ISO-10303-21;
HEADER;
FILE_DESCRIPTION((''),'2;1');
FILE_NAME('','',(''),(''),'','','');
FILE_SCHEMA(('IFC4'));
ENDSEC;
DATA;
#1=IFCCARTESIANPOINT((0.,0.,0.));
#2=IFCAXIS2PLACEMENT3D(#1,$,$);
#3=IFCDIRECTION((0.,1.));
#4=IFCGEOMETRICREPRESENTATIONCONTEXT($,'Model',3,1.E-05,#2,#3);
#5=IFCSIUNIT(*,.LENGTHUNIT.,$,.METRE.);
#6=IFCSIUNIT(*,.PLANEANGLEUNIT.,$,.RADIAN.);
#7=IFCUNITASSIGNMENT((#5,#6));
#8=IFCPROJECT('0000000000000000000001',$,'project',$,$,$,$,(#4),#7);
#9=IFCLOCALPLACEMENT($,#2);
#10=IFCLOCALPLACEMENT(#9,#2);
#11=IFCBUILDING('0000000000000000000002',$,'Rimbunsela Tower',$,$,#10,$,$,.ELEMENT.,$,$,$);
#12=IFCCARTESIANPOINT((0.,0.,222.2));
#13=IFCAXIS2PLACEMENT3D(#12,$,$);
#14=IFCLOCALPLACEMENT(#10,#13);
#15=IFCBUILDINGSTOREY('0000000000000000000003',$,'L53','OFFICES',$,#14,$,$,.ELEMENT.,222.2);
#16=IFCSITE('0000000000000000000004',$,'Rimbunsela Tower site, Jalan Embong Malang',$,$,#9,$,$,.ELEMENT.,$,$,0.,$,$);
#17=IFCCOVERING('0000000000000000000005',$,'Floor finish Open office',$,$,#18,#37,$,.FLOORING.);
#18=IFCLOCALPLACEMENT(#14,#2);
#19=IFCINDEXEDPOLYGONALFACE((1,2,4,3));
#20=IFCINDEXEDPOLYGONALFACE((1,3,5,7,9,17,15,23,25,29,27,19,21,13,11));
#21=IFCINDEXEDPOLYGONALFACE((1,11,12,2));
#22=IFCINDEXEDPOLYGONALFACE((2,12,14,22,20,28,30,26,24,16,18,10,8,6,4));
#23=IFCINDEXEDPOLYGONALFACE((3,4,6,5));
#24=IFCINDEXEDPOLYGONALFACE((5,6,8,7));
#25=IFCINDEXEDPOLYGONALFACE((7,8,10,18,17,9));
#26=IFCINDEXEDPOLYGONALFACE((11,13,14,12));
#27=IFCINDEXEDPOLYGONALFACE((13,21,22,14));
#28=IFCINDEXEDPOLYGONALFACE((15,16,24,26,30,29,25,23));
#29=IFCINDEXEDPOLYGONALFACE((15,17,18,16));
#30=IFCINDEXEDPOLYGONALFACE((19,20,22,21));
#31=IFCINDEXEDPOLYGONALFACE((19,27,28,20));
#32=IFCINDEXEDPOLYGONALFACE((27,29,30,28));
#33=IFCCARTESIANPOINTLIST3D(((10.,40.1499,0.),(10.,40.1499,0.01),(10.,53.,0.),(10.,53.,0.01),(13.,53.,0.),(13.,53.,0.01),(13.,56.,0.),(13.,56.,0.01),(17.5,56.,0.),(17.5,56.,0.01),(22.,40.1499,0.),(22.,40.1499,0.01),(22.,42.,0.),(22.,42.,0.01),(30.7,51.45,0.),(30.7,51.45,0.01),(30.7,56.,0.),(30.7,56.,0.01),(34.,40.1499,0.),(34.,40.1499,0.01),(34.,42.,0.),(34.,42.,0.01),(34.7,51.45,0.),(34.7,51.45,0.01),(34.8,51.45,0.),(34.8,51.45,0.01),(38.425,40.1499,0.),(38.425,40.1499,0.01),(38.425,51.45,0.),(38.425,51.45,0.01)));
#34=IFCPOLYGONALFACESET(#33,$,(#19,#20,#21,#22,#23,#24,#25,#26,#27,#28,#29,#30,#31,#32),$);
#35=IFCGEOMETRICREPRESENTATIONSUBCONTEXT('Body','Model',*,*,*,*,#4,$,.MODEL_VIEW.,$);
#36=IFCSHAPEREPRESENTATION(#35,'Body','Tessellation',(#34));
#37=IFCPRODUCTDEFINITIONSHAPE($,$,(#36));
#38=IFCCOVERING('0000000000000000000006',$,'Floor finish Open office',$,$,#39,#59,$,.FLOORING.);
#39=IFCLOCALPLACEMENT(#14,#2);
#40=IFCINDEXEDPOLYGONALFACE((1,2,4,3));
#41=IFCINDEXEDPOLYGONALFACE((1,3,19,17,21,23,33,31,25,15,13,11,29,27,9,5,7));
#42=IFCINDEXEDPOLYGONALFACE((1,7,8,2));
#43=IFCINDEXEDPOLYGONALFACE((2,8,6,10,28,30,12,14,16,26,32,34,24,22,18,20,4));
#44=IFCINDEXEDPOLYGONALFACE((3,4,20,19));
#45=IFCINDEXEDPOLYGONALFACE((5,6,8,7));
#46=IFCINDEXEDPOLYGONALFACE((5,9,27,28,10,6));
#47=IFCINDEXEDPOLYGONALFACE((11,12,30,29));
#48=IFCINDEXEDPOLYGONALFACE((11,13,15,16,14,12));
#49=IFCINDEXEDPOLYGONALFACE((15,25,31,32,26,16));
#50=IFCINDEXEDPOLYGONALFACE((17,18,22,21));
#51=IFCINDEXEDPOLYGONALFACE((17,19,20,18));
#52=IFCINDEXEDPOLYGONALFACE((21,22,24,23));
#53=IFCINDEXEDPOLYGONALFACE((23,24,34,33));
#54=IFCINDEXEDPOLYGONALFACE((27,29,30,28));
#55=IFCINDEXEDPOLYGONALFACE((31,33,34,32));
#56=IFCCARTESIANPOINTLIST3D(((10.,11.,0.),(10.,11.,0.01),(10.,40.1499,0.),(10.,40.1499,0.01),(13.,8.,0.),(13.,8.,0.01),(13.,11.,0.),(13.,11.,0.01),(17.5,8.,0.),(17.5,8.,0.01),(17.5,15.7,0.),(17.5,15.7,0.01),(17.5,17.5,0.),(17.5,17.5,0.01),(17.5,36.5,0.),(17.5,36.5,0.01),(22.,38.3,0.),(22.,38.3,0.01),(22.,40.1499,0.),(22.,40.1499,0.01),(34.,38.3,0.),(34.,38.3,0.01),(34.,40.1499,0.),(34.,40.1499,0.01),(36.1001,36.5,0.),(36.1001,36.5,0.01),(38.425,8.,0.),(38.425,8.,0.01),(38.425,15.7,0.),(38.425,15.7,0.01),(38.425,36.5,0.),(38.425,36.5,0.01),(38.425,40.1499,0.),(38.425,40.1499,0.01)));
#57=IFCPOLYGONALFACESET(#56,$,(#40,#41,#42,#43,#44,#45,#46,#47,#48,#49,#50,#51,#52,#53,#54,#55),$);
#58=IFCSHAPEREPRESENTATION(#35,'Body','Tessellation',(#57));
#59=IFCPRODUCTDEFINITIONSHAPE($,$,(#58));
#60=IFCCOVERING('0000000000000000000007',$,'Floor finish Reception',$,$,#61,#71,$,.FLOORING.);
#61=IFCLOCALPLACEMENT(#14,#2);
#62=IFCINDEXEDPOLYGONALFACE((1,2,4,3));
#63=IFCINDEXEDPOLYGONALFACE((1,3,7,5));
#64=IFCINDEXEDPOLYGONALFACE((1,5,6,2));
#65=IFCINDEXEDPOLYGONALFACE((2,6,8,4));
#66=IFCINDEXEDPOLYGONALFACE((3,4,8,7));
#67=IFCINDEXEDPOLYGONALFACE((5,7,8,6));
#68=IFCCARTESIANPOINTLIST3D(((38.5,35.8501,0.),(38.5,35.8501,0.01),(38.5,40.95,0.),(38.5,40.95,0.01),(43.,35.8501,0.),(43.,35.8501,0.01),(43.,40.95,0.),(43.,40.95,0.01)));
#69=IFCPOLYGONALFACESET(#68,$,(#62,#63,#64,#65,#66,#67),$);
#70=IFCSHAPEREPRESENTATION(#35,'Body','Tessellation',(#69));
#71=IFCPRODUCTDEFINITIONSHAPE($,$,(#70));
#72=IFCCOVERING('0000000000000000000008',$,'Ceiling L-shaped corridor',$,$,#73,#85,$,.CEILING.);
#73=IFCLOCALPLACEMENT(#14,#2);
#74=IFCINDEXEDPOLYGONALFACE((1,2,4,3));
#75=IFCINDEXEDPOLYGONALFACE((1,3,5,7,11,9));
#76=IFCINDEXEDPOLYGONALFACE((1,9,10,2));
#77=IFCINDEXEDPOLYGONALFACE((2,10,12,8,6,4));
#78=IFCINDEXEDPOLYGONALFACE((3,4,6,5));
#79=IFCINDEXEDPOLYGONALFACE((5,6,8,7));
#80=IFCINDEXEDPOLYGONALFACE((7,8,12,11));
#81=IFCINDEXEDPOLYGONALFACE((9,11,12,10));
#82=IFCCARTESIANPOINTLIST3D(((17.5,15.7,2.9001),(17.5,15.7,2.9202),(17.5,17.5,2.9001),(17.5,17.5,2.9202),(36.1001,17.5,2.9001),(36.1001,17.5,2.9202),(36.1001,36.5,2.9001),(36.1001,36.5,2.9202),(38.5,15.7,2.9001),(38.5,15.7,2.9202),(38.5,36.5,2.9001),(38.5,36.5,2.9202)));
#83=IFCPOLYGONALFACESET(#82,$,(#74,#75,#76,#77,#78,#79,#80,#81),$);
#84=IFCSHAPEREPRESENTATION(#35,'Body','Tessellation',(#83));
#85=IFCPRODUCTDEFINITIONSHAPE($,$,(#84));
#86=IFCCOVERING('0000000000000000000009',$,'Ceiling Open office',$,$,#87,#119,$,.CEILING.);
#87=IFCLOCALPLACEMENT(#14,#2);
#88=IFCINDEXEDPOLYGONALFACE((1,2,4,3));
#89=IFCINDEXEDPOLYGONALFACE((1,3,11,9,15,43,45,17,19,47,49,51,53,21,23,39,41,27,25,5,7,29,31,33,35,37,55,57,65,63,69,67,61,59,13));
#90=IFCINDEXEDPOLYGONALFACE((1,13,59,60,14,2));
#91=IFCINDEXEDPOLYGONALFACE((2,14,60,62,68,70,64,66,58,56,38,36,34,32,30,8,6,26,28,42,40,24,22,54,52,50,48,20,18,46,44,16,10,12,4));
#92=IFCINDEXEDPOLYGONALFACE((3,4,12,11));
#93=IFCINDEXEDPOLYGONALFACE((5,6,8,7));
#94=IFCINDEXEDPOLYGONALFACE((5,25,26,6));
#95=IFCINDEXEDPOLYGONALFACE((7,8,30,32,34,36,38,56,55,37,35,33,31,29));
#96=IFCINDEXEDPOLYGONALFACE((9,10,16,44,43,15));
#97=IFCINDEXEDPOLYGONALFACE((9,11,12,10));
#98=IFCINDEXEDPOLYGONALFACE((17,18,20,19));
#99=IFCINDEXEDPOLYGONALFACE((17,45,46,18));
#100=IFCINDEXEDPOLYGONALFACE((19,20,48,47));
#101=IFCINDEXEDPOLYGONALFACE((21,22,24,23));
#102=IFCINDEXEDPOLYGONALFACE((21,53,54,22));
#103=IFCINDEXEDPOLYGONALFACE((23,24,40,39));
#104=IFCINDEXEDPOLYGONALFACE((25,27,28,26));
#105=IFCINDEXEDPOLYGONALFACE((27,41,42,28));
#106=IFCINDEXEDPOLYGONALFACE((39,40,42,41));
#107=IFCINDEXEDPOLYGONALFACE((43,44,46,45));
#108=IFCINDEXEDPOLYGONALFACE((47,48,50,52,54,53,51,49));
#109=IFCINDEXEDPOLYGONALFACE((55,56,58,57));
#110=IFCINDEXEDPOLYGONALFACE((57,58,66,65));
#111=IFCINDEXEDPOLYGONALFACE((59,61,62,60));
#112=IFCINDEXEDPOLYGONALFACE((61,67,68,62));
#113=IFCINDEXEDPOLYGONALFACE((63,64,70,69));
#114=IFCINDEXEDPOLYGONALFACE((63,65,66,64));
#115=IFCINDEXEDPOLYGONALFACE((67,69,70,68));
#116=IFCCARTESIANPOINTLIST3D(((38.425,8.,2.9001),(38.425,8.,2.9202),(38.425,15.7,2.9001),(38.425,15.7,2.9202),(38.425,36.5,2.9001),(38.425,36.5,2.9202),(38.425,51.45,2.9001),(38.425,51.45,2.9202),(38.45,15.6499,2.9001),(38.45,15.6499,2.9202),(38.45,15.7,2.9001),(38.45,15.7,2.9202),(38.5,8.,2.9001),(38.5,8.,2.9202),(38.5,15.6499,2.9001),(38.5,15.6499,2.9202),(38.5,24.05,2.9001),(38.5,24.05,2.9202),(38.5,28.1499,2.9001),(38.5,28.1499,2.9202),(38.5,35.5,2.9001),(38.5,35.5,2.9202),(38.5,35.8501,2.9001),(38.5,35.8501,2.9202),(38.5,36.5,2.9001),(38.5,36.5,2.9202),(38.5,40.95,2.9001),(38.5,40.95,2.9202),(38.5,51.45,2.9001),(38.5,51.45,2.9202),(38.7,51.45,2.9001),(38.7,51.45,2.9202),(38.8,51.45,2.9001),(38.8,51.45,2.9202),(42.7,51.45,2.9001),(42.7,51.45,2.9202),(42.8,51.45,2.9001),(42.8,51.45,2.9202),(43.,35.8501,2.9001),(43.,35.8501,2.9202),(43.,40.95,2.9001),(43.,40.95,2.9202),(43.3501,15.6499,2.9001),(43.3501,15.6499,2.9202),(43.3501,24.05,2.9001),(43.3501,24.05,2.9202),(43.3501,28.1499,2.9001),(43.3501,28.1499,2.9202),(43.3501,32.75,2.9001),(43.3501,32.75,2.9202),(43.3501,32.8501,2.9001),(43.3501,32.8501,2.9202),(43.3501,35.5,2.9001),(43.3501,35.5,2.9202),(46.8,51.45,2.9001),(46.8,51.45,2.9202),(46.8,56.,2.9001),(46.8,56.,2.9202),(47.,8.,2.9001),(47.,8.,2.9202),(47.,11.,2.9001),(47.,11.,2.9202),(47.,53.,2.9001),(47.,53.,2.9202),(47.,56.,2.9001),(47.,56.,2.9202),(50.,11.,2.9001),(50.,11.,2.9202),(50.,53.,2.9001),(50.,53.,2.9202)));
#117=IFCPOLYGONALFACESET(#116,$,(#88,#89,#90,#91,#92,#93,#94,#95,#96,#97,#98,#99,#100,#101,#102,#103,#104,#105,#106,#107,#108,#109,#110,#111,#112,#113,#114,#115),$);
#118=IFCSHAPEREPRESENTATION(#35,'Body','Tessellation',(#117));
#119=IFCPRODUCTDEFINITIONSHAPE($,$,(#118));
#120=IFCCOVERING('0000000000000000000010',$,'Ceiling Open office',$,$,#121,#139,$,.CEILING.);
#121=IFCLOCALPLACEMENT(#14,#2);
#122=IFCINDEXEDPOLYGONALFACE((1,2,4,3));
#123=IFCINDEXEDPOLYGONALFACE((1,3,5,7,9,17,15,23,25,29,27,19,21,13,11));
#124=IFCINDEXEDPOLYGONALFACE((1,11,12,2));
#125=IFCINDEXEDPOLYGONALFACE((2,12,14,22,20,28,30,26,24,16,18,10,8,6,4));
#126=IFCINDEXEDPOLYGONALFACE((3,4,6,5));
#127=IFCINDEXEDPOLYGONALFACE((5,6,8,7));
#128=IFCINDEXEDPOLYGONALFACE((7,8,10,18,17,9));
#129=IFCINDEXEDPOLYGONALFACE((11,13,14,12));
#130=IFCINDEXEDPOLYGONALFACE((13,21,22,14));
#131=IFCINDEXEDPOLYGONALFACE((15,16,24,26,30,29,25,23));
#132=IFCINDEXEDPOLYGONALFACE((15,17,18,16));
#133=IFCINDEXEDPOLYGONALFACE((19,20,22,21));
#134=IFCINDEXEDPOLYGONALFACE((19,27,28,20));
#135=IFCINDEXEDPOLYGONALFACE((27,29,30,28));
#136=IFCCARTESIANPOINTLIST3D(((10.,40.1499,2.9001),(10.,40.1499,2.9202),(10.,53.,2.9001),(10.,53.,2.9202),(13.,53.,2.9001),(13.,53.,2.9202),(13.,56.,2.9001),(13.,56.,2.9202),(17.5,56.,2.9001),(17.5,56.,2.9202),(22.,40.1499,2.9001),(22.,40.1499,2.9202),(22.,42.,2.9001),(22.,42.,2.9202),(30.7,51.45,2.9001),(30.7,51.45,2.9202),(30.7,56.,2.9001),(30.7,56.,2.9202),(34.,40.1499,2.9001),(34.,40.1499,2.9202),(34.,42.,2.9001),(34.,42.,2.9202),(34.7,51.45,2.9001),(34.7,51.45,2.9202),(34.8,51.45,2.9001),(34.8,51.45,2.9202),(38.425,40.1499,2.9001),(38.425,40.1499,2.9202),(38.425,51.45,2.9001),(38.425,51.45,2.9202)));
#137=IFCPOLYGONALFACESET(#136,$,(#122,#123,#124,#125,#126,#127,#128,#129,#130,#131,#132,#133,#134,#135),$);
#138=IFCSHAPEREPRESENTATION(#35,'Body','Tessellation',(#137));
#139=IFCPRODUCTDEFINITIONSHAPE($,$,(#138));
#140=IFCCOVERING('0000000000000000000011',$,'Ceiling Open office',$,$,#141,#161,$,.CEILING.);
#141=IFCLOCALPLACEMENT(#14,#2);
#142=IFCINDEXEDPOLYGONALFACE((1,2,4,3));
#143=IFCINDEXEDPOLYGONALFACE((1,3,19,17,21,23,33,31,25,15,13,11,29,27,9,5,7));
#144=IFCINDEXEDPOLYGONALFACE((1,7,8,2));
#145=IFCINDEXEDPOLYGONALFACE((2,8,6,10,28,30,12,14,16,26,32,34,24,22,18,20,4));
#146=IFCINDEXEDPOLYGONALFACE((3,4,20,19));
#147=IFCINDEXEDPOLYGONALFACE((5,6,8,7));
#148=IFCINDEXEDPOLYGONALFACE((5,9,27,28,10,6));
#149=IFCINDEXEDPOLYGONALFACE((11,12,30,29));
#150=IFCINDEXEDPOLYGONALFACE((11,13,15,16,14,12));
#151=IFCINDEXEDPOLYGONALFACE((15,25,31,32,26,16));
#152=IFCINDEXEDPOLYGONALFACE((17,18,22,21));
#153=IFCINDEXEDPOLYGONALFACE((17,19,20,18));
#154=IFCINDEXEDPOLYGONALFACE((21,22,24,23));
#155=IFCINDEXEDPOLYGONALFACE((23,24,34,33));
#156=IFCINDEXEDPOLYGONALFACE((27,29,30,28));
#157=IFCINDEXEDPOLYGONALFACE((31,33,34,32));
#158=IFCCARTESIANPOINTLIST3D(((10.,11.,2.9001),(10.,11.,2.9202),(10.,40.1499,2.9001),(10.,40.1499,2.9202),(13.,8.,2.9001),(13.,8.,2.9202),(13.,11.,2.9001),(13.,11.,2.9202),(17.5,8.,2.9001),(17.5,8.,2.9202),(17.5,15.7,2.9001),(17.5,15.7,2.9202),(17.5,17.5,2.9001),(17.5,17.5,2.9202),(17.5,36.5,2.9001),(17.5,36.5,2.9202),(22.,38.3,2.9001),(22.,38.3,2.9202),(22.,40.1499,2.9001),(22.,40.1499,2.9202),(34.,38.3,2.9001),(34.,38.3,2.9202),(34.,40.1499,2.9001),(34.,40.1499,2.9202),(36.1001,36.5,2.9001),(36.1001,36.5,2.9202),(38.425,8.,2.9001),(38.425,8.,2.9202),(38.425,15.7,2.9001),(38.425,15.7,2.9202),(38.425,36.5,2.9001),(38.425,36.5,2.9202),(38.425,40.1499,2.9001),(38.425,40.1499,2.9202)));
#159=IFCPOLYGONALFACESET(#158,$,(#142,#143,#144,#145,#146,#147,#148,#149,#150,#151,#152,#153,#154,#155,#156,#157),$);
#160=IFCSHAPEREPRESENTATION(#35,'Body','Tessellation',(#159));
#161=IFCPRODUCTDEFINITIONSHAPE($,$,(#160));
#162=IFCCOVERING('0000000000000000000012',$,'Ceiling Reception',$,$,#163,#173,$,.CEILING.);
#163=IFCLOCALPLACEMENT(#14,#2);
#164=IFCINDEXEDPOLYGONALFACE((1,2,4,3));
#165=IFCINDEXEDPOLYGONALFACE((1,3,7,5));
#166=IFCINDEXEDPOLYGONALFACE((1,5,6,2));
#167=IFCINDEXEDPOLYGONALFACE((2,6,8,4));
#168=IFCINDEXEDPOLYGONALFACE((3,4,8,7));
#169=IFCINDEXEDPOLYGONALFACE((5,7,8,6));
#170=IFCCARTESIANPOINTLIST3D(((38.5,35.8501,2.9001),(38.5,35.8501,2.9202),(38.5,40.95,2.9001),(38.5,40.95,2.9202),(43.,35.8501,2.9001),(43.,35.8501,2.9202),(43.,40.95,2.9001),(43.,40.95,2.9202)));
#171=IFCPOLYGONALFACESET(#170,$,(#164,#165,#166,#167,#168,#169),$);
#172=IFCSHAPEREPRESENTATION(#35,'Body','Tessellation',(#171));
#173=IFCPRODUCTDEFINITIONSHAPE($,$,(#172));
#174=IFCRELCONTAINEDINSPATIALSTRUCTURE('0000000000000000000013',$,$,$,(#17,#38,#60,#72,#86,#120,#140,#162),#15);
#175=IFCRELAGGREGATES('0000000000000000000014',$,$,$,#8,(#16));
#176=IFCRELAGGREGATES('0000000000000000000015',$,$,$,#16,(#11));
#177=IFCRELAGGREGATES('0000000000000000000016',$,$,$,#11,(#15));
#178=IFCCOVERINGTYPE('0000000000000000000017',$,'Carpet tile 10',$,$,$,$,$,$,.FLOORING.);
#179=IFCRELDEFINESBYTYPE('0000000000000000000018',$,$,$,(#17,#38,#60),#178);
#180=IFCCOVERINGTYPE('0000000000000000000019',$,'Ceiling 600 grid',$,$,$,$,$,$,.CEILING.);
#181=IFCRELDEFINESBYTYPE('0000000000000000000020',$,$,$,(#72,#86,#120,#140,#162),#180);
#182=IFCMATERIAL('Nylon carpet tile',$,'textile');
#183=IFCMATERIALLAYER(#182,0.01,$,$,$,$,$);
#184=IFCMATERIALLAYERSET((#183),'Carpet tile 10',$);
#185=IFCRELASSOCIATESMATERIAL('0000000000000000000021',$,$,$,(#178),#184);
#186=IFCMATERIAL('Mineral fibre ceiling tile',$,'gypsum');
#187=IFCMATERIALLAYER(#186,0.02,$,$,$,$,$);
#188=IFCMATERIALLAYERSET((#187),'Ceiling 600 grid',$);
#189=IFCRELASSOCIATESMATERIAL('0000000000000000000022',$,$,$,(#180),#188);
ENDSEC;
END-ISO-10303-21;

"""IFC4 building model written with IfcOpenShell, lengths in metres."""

from ifc_helpers import new_model, si_unit, direction, frame, origin, place, context, subcontext, project, spatial, polyline, outline, extrude, material, layer, layer_set, type_object, element, save


model = new_model("IFC4")

# Units and contexts
model_context = context("Model", 3, precision=1e-05, world=origin(), true_north=direction((0.0, 1.0)))
body_context = subcontext(model_context, "Body", "Model", "MODEL_VIEW")
ifc_project = project(units=[si_unit("LENGTHUNIT", "METRE"), si_unit("PLANEANGLEUNIT", "RADIAN")], contexts=[model_context])

# Site, building, storey
site_placement = place(None, origin())
site = spatial("IfcSite", under=ifc_project, at=site_placement, Name="Rimbunsela Tower site, Jalan Embong Malang", CompositionType="ELEMENT", RefElevation=0.0)
building_placement = place(site_placement, origin())
building = spatial("IfcBuilding", under=site, at=building_placement, Name="Rimbunsela Tower", CompositionType="ELEMENT")
storey_placement = place(building_placement, frame((0.0, 0.0, 222.2)))
storey = spatial("IfcBuildingStorey", under=building, at=storey_placement, Name="L53", Description="OFFICES", CompositionType="ELEMENT", Elevation=222.2)

# Coverings
ifc_material_1 = material(Name="Nylon carpet tile", Category="textile")
ifc_layer_1 = layer(ifc_material_1, 0.01)
ifc_layer_set_1 = layer_set([ifc_layer_1], Name="Carpet tile 10")
covering_type_1 = type_object("IfcCoveringType", Name="Carpet tile 10", PredefinedType="FLOORING", material=ifc_layer_set_1)
covering_1_placement = place(storey_placement, origin())
element("IfcCovering", 1, at=covering_1_placement, inside=storey, type_object=covering_type_1, Name="Floor finish Open office", PredefinedType="FLOORING", context=body_context, shape_type="SweptSolid", body=[
    extrude(outline(polyline([(10.0, 40.1499), (10.0, 53.0), (13.0, 53.0), (13.0, 56.0), (17.5, 56.0), (30.7, 56.0), (30.7, 51.45), (34.7, 51.45), (34.8, 51.45), (38.425, 51.45), (38.425, 40.1499), (34.0, 40.1499), (34.0, 42.0), (22.0, 42.0), (22.0, 40.1499), (10.0, 40.1499)])), origin(), (0.0, 0.0, 1.0), 0.01),
])
covering_2_placement = place(storey_placement, origin())
element("IfcCovering", 2, at=covering_2_placement, inside=storey, type_object=covering_type_1, Name="Floor finish Open office", PredefinedType="FLOORING", context=body_context, shape_type="SweptSolid", body=[
    extrude(outline(polyline([(13.0, 8.0), (13.0, 11.0), (10.0, 11.0), (10.0, 40.1499), (22.0, 40.1499), (22.0, 38.3), (34.0, 38.3), (34.0, 40.1499), (38.425, 40.1499), (38.425, 36.5), (36.1001, 36.5), (17.5, 36.5), (17.5, 17.5), (17.5, 15.7), (38.425, 15.7), (38.425, 8.0), (17.5, 8.0), (13.0, 8.0)])), origin(), (0.0, 0.0, 1.0), 0.01),
])
covering_3_placement = place(storey_placement, origin())
element("IfcCovering", 3, at=covering_3_placement, inside=storey, type_object=covering_type_1, Name="Floor finish Reception", PredefinedType="FLOORING", context=body_context, shape_type="SweptSolid", body=[
    extrude(outline(polyline([(43.0, 35.8501), (43.0, 40.95), (38.5, 40.95), (38.5, 35.8501), (43.0, 35.8501)])), origin(), (0.0, 0.0, 1.0), 0.01),
])
ifc_material_2 = material(Name="Mineral fibre ceiling tile", Category="gypsum")
ifc_layer_2 = layer(ifc_material_2, 0.02)
ifc_layer_set_2 = layer_set([ifc_layer_2], Name="Ceiling 600 grid")
covering_type_2 = type_object("IfcCoveringType", Name="Ceiling 600 grid", PredefinedType="CEILING", material=ifc_layer_set_2)
covering_4_placement = place(storey_placement, frame((0.0, 0.0, 2.9001)))
element("IfcCovering", 4, at=covering_4_placement, inside=storey, type_object=covering_type_2, Name="Ceiling L-shaped corridor", PredefinedType="CEILING", context=body_context, shape_type="SweptSolid", body=[
    extrude(outline(polyline([(38.5, 15.7), (17.5, 15.7), (17.5, 17.5), (36.1001, 17.5), (36.1001, 36.5), (38.5, 36.5), (38.5, 15.7)])), origin(), (0.0, 0.0, 1.0), 0.02),
])
covering_5_placement = place(storey_placement, frame((0.0, 0.0, 2.9001)))
element("IfcCovering", 5, at=covering_5_placement, inside=storey, type_object=covering_type_2, Name="Ceiling Open office", PredefinedType="CEILING", context=body_context, shape_type="SweptSolid", body=[
    extrude(outline(polyline([(38.425, 51.45), (38.5, 51.45), (38.7, 51.45), (38.8, 51.45), (42.7, 51.45), (42.8, 51.45), (46.8, 51.45), (46.8, 56.0), (47.0, 56.0), (47.0, 53.0), (50.0, 53.0), (50.0, 11.0), (47.0, 11.0), (47.0, 8.0), (38.5, 8.0), (38.425, 8.0), (38.425, 15.7), (38.45, 15.7), (38.45, 15.6499), (38.5, 15.6499), (43.3501, 15.6499), (43.3501, 24.05), (38.5, 24.05), (38.5, 28.1499), (43.3501, 28.1499), (43.3501, 32.75), (43.3501, 32.8501), (43.3501, 35.5), (38.5, 35.5), (38.5, 35.8501), (43.0, 35.8501), (43.0, 40.95), (38.5, 40.95), (38.5, 36.5), (38.425, 36.5), (38.425, 51.45)])), origin(), (0.0, 0.0, 1.0), 0.02),
])
covering_6_placement = place(storey_placement, frame((0.0, 0.0, 2.9001)))
element("IfcCovering", 6, at=covering_6_placement, inside=storey, type_object=covering_type_2, Name="Ceiling Open office", PredefinedType="CEILING", context=body_context, shape_type="SweptSolid", body=[
    extrude(outline(polyline([(10.0, 40.1499), (10.0, 53.0), (13.0, 53.0), (13.0, 56.0), (17.5, 56.0), (30.7, 56.0), (30.7, 51.45), (34.7, 51.45), (34.8, 51.45), (38.425, 51.45), (38.425, 40.1499), (34.0, 40.1499), (34.0, 42.0), (22.0, 42.0), (22.0, 40.1499), (10.0, 40.1499)])), origin(), (0.0, 0.0, 1.0), 0.02),
])
covering_7_placement = place(storey_placement, frame((0.0, 0.0, 2.9001)))
element("IfcCovering", 7, at=covering_7_placement, inside=storey, type_object=covering_type_2, Name="Ceiling Open office", PredefinedType="CEILING", context=body_context, shape_type="SweptSolid", body=[
    extrude(outline(polyline([(13.0, 8.0), (13.0, 11.0), (10.0, 11.0), (10.0, 40.1499), (22.0, 40.1499), (22.0, 38.3), (34.0, 38.3), (34.0, 40.1499), (38.425, 40.1499), (38.425, 36.5), (36.1001, 36.5), (17.5, 36.5), (17.5, 17.5), (17.5, 15.7), (38.425, 15.7), (38.425, 8.0), (17.5, 8.0), (13.0, 8.0)])), origin(), (0.0, 0.0, 1.0), 0.02),
])
covering_8_placement = place(storey_placement, frame((0.0, 0.0, 2.9001)))
element("IfcCovering", 8, at=covering_8_placement, inside=storey, type_object=covering_type_2, Name="Ceiling Reception", PredefinedType="CEILING", context=body_context, shape_type="SweptSolid", body=[
    extrude(outline(polyline([(43.0, 35.8501), (43.0, 40.95), (38.5, 40.95), (38.5, 35.8501), (43.0, 35.8501)])), origin(), (0.0, 0.0, 1.0), 0.02),
])

save(model, "model.ifc")
